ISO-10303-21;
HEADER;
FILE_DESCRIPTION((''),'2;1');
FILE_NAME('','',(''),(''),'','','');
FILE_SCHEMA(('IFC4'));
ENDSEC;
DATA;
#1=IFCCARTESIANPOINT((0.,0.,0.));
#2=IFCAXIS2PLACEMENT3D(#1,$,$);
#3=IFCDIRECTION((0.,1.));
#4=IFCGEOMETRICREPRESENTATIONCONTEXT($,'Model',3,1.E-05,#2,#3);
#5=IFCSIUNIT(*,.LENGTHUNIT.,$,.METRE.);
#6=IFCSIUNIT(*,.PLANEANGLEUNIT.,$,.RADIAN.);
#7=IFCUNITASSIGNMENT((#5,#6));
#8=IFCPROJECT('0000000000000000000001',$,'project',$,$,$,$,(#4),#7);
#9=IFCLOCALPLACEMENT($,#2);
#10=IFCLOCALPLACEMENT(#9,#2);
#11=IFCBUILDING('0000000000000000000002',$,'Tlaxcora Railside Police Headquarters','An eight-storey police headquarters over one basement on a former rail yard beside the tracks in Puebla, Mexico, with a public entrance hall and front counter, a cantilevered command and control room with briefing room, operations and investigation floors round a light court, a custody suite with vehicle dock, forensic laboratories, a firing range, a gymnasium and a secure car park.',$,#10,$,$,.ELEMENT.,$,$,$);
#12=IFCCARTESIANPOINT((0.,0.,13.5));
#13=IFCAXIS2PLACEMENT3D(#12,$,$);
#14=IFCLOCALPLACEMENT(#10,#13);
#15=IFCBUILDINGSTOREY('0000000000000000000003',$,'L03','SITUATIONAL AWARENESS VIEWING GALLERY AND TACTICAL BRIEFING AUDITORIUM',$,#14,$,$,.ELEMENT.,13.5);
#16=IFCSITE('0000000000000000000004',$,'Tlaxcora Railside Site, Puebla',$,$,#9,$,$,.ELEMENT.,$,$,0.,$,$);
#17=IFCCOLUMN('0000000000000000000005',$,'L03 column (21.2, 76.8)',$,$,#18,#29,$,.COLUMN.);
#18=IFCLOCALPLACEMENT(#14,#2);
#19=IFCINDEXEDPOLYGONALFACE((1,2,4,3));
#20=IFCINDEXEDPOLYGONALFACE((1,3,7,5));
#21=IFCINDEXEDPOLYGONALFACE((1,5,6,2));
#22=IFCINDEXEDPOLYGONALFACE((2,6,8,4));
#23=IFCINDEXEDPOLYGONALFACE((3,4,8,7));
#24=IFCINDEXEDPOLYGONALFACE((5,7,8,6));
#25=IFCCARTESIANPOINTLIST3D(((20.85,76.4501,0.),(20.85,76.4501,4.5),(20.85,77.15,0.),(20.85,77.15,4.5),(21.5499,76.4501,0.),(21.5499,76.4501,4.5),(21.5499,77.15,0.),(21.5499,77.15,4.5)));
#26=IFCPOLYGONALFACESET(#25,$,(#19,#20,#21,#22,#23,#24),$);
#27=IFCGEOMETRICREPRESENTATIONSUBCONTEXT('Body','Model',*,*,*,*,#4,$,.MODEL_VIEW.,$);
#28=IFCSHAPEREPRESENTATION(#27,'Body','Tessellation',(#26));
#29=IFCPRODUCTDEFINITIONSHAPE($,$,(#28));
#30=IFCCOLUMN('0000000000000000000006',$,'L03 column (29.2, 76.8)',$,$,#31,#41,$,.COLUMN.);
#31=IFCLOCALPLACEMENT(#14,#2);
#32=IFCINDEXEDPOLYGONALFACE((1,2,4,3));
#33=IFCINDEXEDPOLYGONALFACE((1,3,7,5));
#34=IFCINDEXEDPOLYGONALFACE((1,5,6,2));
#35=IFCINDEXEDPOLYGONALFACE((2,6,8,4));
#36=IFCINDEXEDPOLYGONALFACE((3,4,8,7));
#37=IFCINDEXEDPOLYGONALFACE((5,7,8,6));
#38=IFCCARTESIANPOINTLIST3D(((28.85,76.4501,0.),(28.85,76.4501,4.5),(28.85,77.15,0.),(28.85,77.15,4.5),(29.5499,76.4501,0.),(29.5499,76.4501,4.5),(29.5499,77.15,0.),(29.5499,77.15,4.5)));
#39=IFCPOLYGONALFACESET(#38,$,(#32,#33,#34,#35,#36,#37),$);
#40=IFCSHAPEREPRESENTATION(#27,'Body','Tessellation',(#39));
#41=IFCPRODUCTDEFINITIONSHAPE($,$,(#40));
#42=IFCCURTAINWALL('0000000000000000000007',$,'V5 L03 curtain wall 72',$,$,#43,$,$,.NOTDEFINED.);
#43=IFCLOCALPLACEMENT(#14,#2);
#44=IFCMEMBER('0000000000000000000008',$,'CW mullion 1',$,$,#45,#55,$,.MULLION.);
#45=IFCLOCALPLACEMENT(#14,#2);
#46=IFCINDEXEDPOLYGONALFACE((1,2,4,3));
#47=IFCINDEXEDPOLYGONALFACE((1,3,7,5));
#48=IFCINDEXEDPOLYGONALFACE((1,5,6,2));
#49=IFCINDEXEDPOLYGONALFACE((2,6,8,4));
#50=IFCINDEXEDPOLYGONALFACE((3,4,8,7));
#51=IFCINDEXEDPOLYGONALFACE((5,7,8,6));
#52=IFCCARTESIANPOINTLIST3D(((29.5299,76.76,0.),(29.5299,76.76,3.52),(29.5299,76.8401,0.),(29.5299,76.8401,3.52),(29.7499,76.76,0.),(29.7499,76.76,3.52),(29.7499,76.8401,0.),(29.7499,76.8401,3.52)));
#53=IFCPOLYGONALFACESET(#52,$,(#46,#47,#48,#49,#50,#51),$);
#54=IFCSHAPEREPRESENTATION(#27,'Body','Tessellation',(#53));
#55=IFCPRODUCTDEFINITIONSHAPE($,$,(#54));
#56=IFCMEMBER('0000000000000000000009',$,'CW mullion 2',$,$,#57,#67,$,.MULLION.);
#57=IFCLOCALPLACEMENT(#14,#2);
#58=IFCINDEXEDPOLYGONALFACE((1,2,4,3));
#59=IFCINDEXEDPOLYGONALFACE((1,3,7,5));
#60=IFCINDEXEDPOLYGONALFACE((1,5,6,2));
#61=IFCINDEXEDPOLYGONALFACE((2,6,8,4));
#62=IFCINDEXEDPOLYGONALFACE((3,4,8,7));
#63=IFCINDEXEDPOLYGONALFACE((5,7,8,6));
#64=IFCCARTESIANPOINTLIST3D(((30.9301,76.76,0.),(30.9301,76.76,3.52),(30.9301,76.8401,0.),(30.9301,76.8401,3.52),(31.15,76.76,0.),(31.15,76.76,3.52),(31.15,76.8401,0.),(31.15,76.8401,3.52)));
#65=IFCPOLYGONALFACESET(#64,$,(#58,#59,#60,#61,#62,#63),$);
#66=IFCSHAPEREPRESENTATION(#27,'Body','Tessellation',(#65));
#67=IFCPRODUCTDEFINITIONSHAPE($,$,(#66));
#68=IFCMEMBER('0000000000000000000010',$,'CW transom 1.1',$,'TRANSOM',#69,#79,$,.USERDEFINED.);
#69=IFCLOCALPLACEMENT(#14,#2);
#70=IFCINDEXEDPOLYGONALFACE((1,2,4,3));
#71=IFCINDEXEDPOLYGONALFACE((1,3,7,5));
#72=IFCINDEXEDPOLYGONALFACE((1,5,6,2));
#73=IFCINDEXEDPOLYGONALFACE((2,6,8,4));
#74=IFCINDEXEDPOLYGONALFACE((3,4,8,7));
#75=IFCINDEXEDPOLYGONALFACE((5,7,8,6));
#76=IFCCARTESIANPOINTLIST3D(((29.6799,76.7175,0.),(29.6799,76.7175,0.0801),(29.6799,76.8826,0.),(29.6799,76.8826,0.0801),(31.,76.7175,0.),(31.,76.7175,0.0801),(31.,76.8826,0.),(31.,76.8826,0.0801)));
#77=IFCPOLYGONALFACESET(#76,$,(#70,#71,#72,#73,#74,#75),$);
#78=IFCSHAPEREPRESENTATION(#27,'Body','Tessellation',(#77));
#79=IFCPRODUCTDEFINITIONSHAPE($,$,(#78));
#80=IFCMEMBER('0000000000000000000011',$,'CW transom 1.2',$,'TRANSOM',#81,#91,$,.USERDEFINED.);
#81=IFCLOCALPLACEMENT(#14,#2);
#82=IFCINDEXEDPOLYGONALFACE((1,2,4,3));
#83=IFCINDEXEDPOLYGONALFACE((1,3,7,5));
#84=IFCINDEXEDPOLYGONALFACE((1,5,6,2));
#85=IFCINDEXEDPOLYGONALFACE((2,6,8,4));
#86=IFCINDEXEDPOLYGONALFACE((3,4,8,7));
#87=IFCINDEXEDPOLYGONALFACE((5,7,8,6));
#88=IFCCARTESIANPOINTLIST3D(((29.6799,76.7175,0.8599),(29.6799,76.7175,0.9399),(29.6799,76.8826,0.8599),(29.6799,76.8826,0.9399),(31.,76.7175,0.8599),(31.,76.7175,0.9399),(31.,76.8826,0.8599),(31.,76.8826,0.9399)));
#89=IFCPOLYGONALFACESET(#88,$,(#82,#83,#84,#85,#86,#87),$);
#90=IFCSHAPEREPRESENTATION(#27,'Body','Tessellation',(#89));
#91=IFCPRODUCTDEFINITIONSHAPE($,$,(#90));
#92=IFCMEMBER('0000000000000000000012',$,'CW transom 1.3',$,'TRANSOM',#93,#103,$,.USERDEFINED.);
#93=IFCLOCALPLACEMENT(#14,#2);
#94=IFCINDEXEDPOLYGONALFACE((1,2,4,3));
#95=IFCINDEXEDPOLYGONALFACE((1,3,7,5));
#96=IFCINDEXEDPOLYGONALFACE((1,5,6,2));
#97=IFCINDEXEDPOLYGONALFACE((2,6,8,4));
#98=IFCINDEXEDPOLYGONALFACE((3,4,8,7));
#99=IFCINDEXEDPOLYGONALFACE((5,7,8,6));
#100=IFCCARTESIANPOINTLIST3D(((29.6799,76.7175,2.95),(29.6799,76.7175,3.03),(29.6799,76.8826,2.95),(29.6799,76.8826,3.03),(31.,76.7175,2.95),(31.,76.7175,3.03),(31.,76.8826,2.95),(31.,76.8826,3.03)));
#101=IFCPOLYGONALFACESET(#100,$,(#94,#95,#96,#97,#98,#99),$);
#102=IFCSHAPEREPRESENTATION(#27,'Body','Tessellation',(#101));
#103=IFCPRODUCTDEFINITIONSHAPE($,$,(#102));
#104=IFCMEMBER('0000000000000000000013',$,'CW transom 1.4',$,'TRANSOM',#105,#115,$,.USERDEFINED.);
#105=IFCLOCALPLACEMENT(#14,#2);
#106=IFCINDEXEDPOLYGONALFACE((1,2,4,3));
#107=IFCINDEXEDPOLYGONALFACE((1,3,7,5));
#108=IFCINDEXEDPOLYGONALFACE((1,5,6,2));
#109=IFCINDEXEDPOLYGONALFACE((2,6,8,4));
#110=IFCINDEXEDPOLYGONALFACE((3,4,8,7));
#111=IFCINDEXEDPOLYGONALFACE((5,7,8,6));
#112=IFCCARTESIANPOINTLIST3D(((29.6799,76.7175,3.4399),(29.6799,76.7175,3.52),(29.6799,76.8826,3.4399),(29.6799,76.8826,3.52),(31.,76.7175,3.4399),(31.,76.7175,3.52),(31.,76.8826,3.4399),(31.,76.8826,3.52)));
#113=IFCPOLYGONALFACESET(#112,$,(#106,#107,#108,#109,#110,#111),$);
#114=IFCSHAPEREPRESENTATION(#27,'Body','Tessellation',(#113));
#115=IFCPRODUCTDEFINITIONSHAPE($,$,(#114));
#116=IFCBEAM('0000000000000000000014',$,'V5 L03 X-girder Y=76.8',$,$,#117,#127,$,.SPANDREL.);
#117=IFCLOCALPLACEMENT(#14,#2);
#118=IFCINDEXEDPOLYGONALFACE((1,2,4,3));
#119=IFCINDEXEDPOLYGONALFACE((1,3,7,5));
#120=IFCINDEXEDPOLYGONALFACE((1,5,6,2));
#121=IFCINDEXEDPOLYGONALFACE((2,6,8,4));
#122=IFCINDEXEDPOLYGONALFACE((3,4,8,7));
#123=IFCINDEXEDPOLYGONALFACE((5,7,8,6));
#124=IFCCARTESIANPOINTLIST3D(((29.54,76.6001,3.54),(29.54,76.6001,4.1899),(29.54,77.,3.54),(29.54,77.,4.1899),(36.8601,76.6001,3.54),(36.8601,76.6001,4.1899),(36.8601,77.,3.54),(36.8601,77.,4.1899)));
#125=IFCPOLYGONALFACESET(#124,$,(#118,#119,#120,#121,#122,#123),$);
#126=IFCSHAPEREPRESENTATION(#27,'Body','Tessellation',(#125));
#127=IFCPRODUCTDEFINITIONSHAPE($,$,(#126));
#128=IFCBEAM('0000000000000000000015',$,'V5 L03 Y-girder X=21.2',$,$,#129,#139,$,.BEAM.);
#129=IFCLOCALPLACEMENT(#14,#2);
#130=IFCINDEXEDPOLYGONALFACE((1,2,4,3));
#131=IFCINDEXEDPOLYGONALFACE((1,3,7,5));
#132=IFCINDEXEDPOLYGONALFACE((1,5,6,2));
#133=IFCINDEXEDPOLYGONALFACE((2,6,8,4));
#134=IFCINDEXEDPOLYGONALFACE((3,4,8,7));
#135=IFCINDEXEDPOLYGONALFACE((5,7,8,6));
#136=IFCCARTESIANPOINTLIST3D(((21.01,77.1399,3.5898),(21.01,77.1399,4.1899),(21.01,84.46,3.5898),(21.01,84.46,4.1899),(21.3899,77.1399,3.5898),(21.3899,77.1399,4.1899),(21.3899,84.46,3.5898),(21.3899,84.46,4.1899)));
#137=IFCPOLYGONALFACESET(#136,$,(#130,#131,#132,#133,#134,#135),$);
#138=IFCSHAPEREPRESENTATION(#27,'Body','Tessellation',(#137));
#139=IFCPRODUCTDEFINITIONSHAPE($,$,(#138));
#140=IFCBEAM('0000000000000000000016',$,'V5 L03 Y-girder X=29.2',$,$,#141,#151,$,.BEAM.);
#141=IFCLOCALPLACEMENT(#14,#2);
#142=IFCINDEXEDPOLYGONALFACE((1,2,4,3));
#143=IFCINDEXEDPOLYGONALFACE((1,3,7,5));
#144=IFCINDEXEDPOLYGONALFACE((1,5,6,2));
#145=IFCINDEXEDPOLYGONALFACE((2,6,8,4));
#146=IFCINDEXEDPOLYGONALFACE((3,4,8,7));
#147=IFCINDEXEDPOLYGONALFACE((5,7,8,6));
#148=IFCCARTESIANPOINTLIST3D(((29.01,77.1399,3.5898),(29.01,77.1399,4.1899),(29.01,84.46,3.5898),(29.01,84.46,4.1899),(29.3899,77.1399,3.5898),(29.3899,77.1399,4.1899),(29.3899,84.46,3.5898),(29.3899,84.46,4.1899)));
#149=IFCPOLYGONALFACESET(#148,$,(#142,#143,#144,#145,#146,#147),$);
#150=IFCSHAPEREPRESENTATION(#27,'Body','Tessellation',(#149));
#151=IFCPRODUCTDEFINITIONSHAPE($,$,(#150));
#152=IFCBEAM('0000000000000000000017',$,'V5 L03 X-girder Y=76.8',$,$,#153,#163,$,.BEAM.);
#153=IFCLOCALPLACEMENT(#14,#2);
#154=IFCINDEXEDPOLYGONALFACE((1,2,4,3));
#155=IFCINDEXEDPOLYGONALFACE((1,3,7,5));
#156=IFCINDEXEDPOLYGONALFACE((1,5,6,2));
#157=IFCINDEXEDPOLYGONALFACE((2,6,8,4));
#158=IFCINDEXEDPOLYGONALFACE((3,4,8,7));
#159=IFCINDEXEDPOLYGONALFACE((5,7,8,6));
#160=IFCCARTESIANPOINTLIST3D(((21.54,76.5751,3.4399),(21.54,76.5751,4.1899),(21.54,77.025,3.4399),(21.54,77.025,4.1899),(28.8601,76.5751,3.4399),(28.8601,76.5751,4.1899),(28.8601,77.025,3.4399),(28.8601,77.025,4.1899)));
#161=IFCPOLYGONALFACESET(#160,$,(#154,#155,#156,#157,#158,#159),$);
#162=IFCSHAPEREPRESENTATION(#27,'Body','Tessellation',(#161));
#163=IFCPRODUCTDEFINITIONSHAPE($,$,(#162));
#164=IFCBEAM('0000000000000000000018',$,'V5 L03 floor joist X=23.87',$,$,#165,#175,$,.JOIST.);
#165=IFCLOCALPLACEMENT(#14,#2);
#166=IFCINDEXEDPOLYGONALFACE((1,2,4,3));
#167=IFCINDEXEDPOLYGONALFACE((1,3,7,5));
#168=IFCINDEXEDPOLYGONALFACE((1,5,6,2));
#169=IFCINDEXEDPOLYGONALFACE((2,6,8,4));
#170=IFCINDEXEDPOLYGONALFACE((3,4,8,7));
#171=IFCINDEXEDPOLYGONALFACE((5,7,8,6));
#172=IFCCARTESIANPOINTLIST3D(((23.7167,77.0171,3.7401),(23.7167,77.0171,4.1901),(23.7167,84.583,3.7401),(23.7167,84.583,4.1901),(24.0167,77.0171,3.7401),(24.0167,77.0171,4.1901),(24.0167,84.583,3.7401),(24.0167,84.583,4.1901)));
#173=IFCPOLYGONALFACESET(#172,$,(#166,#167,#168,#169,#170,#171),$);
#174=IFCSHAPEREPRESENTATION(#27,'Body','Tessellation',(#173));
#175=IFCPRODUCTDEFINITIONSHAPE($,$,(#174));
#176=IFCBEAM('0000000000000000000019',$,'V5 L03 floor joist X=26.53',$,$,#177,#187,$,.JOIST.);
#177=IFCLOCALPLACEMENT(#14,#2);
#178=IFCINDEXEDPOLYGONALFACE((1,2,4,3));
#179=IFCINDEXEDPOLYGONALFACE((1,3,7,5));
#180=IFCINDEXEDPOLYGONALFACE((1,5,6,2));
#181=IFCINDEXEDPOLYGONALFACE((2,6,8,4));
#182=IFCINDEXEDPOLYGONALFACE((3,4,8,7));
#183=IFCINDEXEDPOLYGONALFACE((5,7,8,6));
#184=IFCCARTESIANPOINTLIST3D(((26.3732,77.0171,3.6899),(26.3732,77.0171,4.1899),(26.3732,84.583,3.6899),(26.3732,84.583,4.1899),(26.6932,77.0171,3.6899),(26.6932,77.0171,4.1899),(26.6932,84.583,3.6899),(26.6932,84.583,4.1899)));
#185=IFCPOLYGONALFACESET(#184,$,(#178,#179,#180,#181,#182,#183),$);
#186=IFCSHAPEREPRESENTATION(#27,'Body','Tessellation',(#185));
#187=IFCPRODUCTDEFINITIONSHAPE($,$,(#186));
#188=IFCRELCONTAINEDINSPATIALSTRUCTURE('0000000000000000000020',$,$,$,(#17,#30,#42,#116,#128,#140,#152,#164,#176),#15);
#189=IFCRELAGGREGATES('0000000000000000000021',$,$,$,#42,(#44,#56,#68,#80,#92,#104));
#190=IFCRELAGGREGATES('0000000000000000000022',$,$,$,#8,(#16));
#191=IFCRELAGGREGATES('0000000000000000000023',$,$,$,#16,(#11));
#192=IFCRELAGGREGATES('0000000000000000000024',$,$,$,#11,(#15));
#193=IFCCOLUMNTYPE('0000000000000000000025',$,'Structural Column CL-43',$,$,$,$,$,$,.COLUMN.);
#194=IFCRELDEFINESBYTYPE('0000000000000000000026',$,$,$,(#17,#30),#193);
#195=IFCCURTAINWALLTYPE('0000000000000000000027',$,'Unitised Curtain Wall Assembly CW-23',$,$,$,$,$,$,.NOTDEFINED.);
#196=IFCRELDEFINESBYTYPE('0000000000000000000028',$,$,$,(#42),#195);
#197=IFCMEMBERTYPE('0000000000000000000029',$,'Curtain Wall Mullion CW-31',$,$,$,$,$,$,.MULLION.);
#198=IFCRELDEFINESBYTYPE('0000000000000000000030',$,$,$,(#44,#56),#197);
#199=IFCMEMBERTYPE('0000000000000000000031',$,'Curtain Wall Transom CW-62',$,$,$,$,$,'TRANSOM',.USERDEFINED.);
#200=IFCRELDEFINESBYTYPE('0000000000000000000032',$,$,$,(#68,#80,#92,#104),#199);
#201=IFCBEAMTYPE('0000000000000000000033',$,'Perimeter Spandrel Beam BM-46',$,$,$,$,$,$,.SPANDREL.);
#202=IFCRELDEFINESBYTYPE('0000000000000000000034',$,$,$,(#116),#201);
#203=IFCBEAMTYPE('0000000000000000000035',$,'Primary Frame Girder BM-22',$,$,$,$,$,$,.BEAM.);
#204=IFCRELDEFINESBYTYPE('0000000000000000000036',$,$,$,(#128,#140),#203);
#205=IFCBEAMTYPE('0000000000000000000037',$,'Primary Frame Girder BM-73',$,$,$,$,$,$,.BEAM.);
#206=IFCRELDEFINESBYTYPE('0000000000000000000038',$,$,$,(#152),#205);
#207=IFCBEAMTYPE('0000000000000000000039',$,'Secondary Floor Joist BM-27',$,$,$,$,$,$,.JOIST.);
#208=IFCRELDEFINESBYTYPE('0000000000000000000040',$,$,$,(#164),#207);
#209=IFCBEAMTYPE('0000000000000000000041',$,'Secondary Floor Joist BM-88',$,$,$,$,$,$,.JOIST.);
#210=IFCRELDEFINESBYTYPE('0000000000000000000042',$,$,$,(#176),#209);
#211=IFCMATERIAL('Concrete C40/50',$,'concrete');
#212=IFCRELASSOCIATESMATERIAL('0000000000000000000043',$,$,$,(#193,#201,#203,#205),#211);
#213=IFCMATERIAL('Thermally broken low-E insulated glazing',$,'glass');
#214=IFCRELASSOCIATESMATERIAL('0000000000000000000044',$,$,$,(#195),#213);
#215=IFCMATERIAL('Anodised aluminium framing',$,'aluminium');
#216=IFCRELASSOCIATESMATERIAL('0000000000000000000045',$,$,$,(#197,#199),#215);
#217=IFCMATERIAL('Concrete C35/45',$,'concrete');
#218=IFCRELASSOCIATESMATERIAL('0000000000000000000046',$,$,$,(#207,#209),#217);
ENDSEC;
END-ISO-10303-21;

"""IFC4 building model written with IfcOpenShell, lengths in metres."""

from ifc_helpers import new_model, si_unit, direction, frame, origin, origin_2d, place, context, subcontext, project, spatial, rectangle, extrude, material, material_profile, profile_set, type_object, element, aggregate, save


model = new_model("IFC4")

# Units and contexts
model_context = context("Model", 3, precision=1e-05, world=origin(), true_north=direction((0.0, 1.0)))
body_context = subcontext(model_context, "Body", "Model", "MODEL_VIEW")
ifc_project = project(units=[si_unit("LENGTHUNIT", "METRE"), si_unit("PLANEANGLEUNIT", "RADIAN")], contexts=[model_context])

# Site, building, storey
site_placement = place(None, origin())
site = spatial("IfcSite", under=ifc_project, at=site_placement, Name="Tlaxcora Railside Site, Puebla", CompositionType="ELEMENT", RefElevation=0.0)
building_placement = place(site_placement, origin())
building = spatial("IfcBuilding", under=site, at=building_placement, Name="Tlaxcora Railside Police Headquarters", Description="An eight-storey police headquarters over one basement on a former rail yard beside the tracks in Puebla, Mexico, with a public entrance hall and front counter, a cantilevered command and control room with briefing room, operations and investigation floors round a light court, a custody suite with vehicle dock, forensic laboratories, a firing range, a gymnasium and a secure car park.", CompositionType="ELEMENT")
storey_placement = place(building_placement, frame((0.0, 0.0, 13.5)))
storey = spatial("IfcBuildingStorey", under=building, at=storey_placement, Name="L03", Description="SITUATIONAL AWARENESS VIEWING GALLERY AND TACTICAL BRIEFING AUDITORIUM", CompositionType="ELEMENT", Elevation=13.5)

# Columns
ifc_material_1 = material(Name="Concrete C40/50", Category="concrete")
ifc_material_profile_1 = material_profile(ifc_material_1, rectangle(XDim=0.7, YDim=0.7, at=origin_2d()), Name="RC700X700")
ifc_profile_set_1 = profile_set([ifc_material_profile_1], Name="Concrete C40/50")
column_type = type_object("IfcColumnType", Name="Structural Column CL-43", PredefinedType="COLUMN", material=ifc_profile_set_1)
for number, where, z_axis, x_axis, name in (
    (1, (21.2, 76.8, 0.0), (0.0, 0.0, 1.0), (1.0, 0.0, 0.0), "L03 column (21.2, 76.8)"),
    (2, (29.2, 76.8, 0.0), (0.0, 0.0, 1.0), (1.0, 0.0, 0.0), "L03 column (29.2, 76.8)"),
):
    element("IfcColumn", number, at=place(storey_placement, frame(where, z_axis=z_axis, x_axis=x_axis)), inside=storey, type_object=column_type, Name=name, PredefinedType="COLUMN", context=body_context, shape_type="SweptSolid", body=[
        extrude(rectangle(XDim=0.7, YDim=0.7, at=origin_2d()), origin(), (0.0, 0.0, 1.0), 4.5),
    ])

# Curtain wall, members
ifc_material_2 = material(Name="Thermally broken low-E insulated glazing", Category="glass")
curtain_wall_type = type_object("IfcCurtainWallType", Name="Unitised Curtain Wall Assembly CW-23", PredefinedType="NOTDEFINED", material=ifc_material_2)
curtain_wall_placement = place(storey_placement, origin())
curtain_wall = element("IfcCurtainWall", 3, at=curtain_wall_placement, inside=storey, type_object=curtain_wall_type, Name="V5 L03 curtain wall 72", PredefinedType="NOTDEFINED")
ifc_material_3 = material(Name="Anodised aluminium framing", Category="aluminium")
ifc_material_profile_2 = material_profile(ifc_material_3, rectangle(XDim=0.0801, YDim=0.22, at=origin_2d()), Name="AL80X220")
ifc_profile_set_2 = profile_set([ifc_material_profile_2], Name="Anodised aluminium framing")
member_type_1 = type_object("IfcMemberType", Name="Curtain Wall Mullion CW-31", PredefinedType="MULLION", material=ifc_profile_set_2)
member_1_placement = place(storey_placement, frame((29.6399, 76.8, 0.0), z_axis=(0.0, 0.0, 1.0), x_axis=(0.0, 1.0, 0.0)))
member_1 = element("IfcMember", 4, at=member_1_placement, type_object=member_type_1, Name="CW mullion 1", PredefinedType="MULLION", context=body_context, shape_type="SweptSolid", body=[
    extrude(rectangle(XDim=0.0801, YDim=0.22, at=origin_2d()), origin(), (0.0, 0.0, 1.0), 3.52),
])
member_2_placement = place(storey_placement, frame((31.04, 76.8, 0.0), z_axis=(0.0, 0.0, 1.0), x_axis=(0.0, 1.0, 0.0)))
member_2 = element("IfcMember", 5, at=member_2_placement, type_object=member_type_1, Name="CW mullion 2", PredefinedType="MULLION", context=body_context, shape_type="SweptSolid", body=[
    extrude(rectangle(XDim=0.0801, YDim=0.22, at=origin_2d()), origin(), (0.0, 0.0, 1.0), 3.52),
])
ifc_material_profile_3 = material_profile(ifc_material_3, rectangle(XDim=0.165, YDim=0.0801, at=origin_2d()), Name="AL80X165")
ifc_profile_set_3 = profile_set([ifc_material_profile_3], Name="Anodised aluminium framing")
member_type_2 = type_object("IfcMemberType", Name="Curtain Wall Transom CW-62", ElementType="TRANSOM", PredefinedType="USERDEFINED", material=ifc_profile_set_3)
member_3_placement = place(storey_placement, frame((29.6799, 76.8, 0.04), z_axis=(1.0, 0.0, 0.0), x_axis=(0.0, 1.0, 0.0)))
member_3 = element("IfcMember", 6, at=member_3_placement, type_object=member_type_2, Name="CW transom 1.1", ObjectType="TRANSOM", PredefinedType="USERDEFINED", context=body_context, shape_type="SweptSolid", body=[
    extrude(rectangle(XDim=0.165, YDim=0.0801, at=origin_2d()), origin(), (0.0, 0.0, 1.0), 1.3201),
])
member_4_placement = place(storey_placement, frame((29.6799, 76.8, 0.8999), z_axis=(1.0, 0.0, 0.0), x_axis=(0.0, 1.0, 0.0)))
member_4 = element("IfcMember", 7, at=member_4_placement, type_object=member_type_2, Name="CW transom 1.2", ObjectType="TRANSOM", PredefinedType="USERDEFINED", context=body_context, shape_type="SweptSolid", body=[
    extrude(rectangle(XDim=0.165, YDim=0.0801, at=origin_2d()), origin(), (0.0, 0.0, 1.0), 1.3201),
])
member_5_placement = place(storey_placement, frame((29.6799, 76.8, 2.99), z_axis=(1.0, 0.0, 0.0), x_axis=(0.0, 1.0, 0.0)))
member_5 = element("IfcMember", 8, at=member_5_placement, type_object=member_type_2, Name="CW transom 1.3", ObjectType="TRANSOM", PredefinedType="USERDEFINED", context=body_context, shape_type="SweptSolid", body=[
    extrude(rectangle(XDim=0.165, YDim=0.0801, at=origin_2d()), origin(), (0.0, 0.0, 1.0), 1.3201),
])
member_6_placement = place(storey_placement, frame((29.6799, 76.8, 3.48), z_axis=(1.0, 0.0, 0.0), x_axis=(0.0, 1.0, 0.0)))
member_6 = element("IfcMember", 9, at=member_6_placement, type_object=member_type_2, Name="CW transom 1.4", ObjectType="TRANSOM", PredefinedType="USERDEFINED", context=body_context, shape_type="SweptSolid", body=[
    extrude(rectangle(XDim=0.165, YDim=0.0801, at=origin_2d()), origin(), (0.0, 0.0, 1.0), 1.3201),
])

# Beams
ifc_material_profile_4 = material_profile(ifc_material_1, rectangle(XDim=0.3999, YDim=0.6499, at=origin_2d()), Name="RC400X650")
ifc_profile_set_4 = profile_set([ifc_material_profile_4], Name="Concrete C40/50")
beam_type_1 = type_object("IfcBeamType", Name="Perimeter Spandrel Beam BM-46", PredefinedType="SPANDREL", material=ifc_profile_set_4)
beam_1_placement = place(storey_placement, frame((29.54, 76.8, 3.865), z_axis=(1.0, 0.0, 0.0), x_axis=(0.0, 1.0, 0.0)))
element("IfcBeam", 10, at=beam_1_placement, inside=storey, type_object=beam_type_1, Name="V5 L03 X-girder Y=76.8", PredefinedType="SPANDREL", context=body_context, shape_type="SweptSolid", body=[
    extrude(rectangle(XDim=0.3999, YDim=0.6499, at=origin_2d()), origin(), (0.0, 0.0, 1.0), 7.3201),
])
ifc_material_profile_5 = material_profile(ifc_material_1, rectangle(XDim=0.3799, YDim=0.6001, at=origin_2d()), Name="RC380X600")
ifc_profile_set_5 = profile_set([ifc_material_profile_5], Name="Concrete C40/50")
beam_type_2 = type_object("IfcBeamType", Name="Primary Frame Girder BM-22", PredefinedType="BEAM", material=ifc_profile_set_5)
for number, where, z_axis, x_axis, name in (
    (11, (21.2, 77.1399, 3.8899), (0.0, 1.0, 0.0), (-1.0, 0.0, 0.0), "V5 L03 Y-girder X=21.2"),
    (12, (29.2, 77.1399, 3.8899), (0.0, 1.0, 0.0), (-1.0, 0.0, 0.0), "V5 L03 Y-girder X=29.2"),
):
    element("IfcBeam", number, at=place(storey_placement, frame(where, z_axis=z_axis, x_axis=x_axis)), inside=storey, type_object=beam_type_2, Name=name, PredefinedType="BEAM", context=body_context, shape_type="SweptSolid", body=[
        extrude(rectangle(XDim=0.3799, YDim=0.6001, at=origin_2d()), origin(), (0.0, 0.0, 1.0), 7.3201),
    ])
ifc_material_profile_6 = material_profile(ifc_material_1, rectangle(XDim=0.45, YDim=0.75, at=origin_2d()), Name="RC450X750")
ifc_profile_set_6 = profile_set([ifc_material_profile_6], Name="Concrete C40/50")
beam_type_3 = type_object("IfcBeamType", Name="Primary Frame Girder BM-73", PredefinedType="BEAM", material=ifc_profile_set_6)
beam_2_placement = place(storey_placement, frame((21.54, 76.8, 3.8149), z_axis=(1.0, 0.0, 0.0), x_axis=(0.0, 1.0, 0.0)))
element("IfcBeam", 13, at=beam_2_placement, inside=storey, type_object=beam_type_3, Name="V5 L03 X-girder Y=76.8", PredefinedType="BEAM", context=body_context, shape_type="SweptSolid", body=[
    extrude(rectangle(XDim=0.45, YDim=0.75, at=origin_2d()), origin(), (0.0, 0.0, 1.0), 7.3201),
])
ifc_material_4 = material(Name="Concrete C35/45", Category="concrete")
ifc_material_profile_7 = material_profile(ifc_material_4, rectangle(XDim=0.3, YDim=0.45, at=origin_2d()), Name="RC300X450")
ifc_profile_set_7 = profile_set([ifc_material_profile_7], Name="Concrete C35/45")
beam_type_4 = type_object("IfcBeamType", Name="Secondary Floor Joist BM-27", PredefinedType="JOIST", material=ifc_profile_set_7)
beam_3_placement = place(storey_placement, frame((23.8667, 77.0171, 3.9651), z_axis=(0.0, 1.0, 0.0), x_axis=(-1.0, 0.0, 0.0)))
element("IfcBeam", 14, at=beam_3_placement, inside=storey, type_object=beam_type_4, Name="V5 L03 floor joist X=23.87", PredefinedType="JOIST", context=body_context, shape_type="SweptSolid", body=[
    extrude(rectangle(XDim=0.3, YDim=0.45, at=origin_2d()), origin(), (0.0, 0.0, 1.0), 7.5659),
])
ifc_material_profile_8 = material_profile(ifc_material_4, rectangle(XDim=0.3201, YDim=0.5, at=origin_2d()), Name="RC320X500")
ifc_profile_set_8 = profile_set([ifc_material_profile_8], Name="Concrete C35/45")
beam_type_5 = type_object("IfcBeamType", Name="Secondary Floor Joist BM-88", PredefinedType="JOIST", material=ifc_profile_set_8)
beam_4_placement = place(storey_placement, frame((26.5332, 77.0171, 3.9399), z_axis=(0.0, 1.0, 0.0), x_axis=(-1.0, 0.0, 0.0)))
element("IfcBeam", 15, at=beam_4_placement, inside=storey, type_object=beam_type_5, Name="V5 L03 floor joist X=26.53", PredefinedType="JOIST", context=body_context, shape_type="SweptSolid", body=[
    extrude(rectangle(XDim=0.3201, YDim=0.5, at=origin_2d()), origin(), (0.0, 0.0, 1.0), 7.5659),
])

aggregate(curtain_wall, [member_1, member_2, member_3, member_4, member_5, member_6])

save(model, "model.ifc")
